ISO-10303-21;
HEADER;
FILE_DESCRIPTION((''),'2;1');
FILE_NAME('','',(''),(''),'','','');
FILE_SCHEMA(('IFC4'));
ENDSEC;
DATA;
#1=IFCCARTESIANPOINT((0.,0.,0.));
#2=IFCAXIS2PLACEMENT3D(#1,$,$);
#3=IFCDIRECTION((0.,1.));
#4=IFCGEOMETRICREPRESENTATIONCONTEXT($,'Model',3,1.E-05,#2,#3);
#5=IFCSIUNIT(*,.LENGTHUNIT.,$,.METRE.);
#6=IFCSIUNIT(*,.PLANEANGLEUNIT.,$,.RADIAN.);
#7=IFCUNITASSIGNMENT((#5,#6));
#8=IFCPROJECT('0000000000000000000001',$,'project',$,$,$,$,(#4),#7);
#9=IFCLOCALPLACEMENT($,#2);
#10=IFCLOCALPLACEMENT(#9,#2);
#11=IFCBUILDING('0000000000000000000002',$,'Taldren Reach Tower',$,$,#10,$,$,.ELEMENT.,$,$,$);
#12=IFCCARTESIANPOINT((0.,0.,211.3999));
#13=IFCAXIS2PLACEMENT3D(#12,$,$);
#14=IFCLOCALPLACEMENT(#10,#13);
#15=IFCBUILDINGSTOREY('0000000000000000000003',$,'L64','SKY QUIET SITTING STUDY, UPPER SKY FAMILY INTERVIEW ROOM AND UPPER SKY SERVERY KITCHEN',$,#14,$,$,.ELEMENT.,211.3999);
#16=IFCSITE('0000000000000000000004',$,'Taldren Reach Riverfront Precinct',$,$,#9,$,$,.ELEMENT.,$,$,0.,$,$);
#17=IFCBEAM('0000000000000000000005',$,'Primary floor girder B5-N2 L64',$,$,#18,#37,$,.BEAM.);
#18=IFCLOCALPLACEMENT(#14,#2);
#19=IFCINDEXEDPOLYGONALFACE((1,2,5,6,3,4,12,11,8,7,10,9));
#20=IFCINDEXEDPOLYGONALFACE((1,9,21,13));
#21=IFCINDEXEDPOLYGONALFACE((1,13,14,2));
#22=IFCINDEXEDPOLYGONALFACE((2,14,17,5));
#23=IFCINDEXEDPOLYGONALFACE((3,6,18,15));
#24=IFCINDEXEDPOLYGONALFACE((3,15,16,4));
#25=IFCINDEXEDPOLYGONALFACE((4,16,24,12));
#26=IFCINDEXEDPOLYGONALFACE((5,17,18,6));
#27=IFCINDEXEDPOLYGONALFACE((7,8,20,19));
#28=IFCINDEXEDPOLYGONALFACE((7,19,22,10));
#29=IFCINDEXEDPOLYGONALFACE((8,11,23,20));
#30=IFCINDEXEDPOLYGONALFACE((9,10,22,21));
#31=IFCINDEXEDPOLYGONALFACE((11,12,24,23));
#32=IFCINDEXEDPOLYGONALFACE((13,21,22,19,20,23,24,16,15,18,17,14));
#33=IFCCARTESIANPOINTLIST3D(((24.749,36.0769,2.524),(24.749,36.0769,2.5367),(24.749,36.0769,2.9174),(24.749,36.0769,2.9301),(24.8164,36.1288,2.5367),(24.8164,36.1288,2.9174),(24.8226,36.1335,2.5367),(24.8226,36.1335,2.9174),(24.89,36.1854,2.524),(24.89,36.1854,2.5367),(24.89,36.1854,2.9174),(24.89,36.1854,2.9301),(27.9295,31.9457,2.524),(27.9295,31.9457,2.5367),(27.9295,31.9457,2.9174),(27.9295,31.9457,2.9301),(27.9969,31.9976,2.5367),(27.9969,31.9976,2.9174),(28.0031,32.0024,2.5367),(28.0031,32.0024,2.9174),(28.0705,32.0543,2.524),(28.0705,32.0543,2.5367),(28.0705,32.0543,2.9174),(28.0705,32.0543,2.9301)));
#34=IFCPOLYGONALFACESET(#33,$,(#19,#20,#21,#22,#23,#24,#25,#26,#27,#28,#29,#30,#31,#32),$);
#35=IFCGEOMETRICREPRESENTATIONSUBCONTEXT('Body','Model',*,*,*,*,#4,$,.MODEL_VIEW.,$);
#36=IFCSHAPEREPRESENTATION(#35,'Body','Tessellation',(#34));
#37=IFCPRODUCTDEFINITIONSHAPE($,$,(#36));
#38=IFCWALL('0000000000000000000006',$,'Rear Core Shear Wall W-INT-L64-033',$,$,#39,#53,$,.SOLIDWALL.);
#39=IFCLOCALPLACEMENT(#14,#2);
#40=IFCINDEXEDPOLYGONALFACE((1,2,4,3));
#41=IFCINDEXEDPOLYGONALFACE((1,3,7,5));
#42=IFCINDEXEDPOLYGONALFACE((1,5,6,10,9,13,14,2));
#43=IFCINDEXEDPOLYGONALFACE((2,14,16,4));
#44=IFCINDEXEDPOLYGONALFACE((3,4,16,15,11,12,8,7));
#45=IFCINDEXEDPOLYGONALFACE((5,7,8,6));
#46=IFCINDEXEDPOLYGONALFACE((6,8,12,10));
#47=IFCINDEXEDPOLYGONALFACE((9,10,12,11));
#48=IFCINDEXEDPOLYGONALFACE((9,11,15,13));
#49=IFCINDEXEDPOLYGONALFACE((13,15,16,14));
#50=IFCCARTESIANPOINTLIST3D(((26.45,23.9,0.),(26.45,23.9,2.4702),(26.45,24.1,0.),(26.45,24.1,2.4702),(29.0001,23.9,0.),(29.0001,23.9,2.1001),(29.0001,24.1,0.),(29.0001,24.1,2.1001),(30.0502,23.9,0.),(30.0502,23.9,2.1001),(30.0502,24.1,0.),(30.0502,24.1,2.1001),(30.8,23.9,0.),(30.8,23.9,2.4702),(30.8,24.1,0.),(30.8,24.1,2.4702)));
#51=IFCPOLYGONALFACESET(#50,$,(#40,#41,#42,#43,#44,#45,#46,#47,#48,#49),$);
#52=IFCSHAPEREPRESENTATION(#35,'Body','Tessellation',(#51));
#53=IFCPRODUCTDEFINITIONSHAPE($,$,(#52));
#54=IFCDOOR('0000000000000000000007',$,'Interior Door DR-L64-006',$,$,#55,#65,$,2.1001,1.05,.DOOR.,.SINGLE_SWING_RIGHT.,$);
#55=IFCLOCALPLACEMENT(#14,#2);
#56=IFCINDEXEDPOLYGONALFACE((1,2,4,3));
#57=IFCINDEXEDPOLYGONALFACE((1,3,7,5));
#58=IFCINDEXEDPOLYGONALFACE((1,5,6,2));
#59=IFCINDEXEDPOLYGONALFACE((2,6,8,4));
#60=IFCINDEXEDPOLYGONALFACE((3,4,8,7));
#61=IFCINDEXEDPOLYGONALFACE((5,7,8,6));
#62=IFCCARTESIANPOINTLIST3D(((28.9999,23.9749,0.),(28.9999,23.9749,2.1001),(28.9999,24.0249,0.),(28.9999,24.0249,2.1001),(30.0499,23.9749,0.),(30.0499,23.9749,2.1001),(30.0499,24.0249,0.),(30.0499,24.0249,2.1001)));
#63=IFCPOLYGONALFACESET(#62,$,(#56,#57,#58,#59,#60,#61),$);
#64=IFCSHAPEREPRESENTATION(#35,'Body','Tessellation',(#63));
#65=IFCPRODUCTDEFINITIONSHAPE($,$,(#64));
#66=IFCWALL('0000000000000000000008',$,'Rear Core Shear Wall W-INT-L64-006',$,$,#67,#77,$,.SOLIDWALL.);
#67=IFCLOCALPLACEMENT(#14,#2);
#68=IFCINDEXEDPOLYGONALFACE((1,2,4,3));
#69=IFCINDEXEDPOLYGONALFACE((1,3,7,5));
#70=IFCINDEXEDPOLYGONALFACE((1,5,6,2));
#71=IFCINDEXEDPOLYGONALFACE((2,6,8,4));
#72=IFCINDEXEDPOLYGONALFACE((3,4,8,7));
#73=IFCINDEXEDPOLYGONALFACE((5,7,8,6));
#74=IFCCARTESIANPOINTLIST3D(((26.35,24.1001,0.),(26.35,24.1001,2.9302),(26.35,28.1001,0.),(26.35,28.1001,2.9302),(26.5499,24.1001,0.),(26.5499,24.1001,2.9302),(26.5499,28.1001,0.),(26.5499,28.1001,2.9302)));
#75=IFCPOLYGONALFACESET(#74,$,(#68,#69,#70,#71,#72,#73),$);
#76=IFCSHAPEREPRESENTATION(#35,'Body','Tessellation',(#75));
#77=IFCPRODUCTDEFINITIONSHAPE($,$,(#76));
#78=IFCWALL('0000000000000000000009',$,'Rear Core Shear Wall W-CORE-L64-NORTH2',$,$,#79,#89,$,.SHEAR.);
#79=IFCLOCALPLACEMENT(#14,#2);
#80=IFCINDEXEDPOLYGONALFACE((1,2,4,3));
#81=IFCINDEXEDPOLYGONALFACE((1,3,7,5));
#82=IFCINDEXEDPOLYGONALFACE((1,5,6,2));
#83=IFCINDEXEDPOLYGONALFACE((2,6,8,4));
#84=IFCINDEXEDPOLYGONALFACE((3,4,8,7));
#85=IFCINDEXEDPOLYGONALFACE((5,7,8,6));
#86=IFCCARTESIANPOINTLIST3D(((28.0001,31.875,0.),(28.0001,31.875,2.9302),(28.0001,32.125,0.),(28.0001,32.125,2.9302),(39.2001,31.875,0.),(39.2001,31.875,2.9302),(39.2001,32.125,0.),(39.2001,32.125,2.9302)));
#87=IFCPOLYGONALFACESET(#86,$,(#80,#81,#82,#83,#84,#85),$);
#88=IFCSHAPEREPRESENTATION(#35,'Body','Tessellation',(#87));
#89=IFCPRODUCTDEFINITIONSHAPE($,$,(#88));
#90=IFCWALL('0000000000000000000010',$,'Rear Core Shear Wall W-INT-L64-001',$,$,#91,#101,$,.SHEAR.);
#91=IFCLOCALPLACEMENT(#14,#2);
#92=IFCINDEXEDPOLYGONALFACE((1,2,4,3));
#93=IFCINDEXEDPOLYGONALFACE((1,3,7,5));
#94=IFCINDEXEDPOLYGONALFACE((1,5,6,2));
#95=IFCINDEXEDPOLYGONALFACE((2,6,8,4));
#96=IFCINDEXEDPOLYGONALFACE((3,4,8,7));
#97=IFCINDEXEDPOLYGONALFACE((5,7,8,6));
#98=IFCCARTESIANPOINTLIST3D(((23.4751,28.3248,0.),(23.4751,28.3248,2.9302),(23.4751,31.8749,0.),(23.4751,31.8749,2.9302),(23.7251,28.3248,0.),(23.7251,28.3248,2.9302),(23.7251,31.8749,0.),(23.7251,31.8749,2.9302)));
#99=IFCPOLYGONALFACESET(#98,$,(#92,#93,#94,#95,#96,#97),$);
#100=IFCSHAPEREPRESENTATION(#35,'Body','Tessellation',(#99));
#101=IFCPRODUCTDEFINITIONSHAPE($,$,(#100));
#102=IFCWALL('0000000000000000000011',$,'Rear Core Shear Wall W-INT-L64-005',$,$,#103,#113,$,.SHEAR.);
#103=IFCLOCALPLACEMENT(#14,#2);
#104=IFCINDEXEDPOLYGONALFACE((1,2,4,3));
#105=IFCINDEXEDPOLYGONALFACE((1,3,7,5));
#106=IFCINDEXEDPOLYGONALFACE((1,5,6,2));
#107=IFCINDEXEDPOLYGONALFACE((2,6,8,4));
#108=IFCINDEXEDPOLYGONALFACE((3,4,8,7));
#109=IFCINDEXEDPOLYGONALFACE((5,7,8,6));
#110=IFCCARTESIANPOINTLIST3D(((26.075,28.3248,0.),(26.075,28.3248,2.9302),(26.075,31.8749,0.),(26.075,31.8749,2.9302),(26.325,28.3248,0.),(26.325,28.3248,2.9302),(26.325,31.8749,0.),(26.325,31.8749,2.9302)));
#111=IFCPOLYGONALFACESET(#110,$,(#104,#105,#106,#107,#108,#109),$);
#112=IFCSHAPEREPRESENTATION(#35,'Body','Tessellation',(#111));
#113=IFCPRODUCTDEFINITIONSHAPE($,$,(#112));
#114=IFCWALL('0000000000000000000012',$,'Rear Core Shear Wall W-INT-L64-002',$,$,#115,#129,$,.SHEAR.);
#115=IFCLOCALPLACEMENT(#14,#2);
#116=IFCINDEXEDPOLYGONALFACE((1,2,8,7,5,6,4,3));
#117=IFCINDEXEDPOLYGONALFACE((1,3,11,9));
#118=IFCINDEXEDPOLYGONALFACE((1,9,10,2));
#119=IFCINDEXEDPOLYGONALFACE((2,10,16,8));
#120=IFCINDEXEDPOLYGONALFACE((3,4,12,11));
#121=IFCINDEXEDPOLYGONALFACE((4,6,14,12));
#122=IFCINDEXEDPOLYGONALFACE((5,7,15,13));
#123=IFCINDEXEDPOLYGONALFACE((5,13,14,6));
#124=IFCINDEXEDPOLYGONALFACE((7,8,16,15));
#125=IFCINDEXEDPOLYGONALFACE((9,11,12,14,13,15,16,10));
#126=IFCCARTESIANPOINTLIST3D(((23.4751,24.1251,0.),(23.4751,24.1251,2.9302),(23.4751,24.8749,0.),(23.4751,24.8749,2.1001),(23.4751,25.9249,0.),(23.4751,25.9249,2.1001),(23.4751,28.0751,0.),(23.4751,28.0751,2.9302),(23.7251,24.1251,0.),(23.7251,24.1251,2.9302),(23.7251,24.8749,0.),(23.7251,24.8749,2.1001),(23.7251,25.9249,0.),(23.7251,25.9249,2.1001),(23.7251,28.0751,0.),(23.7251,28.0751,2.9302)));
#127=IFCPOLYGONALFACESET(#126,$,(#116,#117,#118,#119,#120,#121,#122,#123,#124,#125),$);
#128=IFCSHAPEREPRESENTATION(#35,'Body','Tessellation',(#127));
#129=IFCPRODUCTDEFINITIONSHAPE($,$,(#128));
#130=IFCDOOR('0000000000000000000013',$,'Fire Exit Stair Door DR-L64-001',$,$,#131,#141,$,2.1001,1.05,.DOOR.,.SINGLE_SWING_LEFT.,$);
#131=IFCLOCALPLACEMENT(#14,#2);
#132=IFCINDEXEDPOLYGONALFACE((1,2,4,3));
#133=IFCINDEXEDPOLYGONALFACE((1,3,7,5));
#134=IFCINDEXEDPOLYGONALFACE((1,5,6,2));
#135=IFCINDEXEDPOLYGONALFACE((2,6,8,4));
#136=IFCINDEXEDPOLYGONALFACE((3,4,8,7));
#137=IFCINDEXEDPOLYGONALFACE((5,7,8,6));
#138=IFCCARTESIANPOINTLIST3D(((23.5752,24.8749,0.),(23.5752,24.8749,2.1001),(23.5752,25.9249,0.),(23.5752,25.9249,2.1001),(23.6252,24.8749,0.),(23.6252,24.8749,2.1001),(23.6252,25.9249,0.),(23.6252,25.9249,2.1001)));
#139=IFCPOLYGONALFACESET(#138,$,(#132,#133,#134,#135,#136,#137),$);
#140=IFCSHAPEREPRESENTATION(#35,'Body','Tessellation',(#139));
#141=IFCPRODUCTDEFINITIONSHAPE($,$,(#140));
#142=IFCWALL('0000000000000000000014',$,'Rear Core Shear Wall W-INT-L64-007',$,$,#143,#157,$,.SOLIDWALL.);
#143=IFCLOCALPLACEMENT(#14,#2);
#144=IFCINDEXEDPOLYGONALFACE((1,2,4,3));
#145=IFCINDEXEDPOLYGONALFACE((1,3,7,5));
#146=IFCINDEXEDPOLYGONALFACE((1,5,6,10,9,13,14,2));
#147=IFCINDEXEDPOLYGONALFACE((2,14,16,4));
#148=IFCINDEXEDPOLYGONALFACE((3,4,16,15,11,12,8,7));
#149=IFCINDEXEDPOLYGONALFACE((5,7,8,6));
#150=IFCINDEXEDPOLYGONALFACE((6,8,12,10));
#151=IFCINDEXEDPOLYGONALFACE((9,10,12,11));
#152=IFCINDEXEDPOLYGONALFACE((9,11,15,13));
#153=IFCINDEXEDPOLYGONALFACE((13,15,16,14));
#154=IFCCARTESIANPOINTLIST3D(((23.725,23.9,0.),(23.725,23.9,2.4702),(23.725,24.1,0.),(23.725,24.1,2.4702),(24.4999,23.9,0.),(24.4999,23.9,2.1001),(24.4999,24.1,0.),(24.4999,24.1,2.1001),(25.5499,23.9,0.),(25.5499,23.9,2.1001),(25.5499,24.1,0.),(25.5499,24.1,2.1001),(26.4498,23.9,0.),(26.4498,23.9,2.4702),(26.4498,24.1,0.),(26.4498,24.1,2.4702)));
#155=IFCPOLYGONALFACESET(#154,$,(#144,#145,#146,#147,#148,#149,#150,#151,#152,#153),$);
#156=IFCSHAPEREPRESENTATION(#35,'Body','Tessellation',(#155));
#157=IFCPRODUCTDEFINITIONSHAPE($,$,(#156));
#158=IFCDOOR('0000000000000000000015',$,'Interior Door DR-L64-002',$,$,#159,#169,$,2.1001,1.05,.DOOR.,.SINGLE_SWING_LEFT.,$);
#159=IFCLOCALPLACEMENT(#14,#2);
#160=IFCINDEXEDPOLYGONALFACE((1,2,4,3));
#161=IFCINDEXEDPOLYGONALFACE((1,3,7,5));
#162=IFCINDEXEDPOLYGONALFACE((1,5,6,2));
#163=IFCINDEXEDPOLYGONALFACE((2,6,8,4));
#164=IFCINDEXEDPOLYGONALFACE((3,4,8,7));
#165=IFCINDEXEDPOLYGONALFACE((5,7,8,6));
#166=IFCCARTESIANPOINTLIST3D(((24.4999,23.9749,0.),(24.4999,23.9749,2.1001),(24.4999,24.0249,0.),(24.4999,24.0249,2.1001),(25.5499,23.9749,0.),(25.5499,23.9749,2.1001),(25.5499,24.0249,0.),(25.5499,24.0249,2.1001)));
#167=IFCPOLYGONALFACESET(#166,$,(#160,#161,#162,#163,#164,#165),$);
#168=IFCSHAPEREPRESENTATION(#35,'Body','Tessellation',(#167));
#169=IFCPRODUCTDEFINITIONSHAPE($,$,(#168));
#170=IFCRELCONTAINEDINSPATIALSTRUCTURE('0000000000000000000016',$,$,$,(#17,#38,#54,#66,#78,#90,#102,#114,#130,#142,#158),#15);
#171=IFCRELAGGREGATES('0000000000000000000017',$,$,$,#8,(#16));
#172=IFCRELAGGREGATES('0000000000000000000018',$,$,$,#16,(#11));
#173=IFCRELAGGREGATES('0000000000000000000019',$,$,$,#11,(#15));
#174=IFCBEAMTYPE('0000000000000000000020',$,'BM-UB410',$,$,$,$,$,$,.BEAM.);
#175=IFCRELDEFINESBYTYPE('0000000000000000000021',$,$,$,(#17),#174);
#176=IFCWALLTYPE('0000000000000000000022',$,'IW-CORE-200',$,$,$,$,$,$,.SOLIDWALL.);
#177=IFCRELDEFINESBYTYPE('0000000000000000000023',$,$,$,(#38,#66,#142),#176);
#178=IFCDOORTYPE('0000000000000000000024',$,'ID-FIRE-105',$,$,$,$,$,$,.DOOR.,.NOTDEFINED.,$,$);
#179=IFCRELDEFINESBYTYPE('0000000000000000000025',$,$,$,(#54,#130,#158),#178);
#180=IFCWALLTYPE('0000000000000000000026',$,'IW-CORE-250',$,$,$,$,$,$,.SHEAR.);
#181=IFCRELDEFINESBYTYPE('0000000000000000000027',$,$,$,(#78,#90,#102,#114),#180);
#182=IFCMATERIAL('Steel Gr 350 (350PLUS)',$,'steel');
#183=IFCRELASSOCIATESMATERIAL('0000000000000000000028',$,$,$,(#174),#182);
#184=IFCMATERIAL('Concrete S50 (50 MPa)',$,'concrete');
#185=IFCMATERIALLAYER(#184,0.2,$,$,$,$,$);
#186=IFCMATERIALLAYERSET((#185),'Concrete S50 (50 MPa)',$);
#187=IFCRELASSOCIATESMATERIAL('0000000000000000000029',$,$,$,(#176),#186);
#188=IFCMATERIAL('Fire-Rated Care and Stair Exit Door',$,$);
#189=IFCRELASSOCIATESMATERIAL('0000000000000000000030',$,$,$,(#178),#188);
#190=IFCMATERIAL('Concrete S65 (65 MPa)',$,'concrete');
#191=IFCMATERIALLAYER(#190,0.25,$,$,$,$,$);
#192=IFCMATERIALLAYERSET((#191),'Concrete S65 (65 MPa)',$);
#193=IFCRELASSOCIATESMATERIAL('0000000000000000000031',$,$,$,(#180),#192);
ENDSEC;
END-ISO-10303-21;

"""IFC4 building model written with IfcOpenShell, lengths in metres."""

from ifc_helpers import new_model, si_unit, direction, frame, frame_2d, origin, origin_2d, place, context, subcontext, project, spatial, rectangle, i_section, extrude, source, transform, mapped, material, layer, layer_set, material_profile, profile_set, type_object, element, fill, save


model = new_model("IFC4")

# Units and contexts
model_context = context("Model", 3, precision=1e-05, world=origin(), true_north=direction((0.0, 1.0)))
body_context = subcontext(model_context, "Body", "Model", "MODEL_VIEW")
ifc_project = project(units=[si_unit("LENGTHUNIT", "METRE"), si_unit("PLANEANGLEUNIT", "RADIAN")], contexts=[model_context])

# Site, building, storey
site_placement = place(None, origin())
site = spatial("IfcSite", under=ifc_project, at=site_placement, Name="Taldren Reach Riverfront Precinct", CompositionType="ELEMENT", RefElevation=0.0)
building_placement = place(site_placement, origin())
building = spatial("IfcBuilding", under=site, at=building_placement, Name="Taldren Reach Tower", CompositionType="ELEMENT")
storey_placement = place(building_placement, frame((0.0, 0.0, 211.3999)))
storey = spatial("IfcBuildingStorey", under=building, at=storey_placement, Name="L64", Description="SKY QUIET SITTING STUDY, UPPER SKY FAMILY INTERVIEW ROOM AND UPPER SKY SERVERY KITCHEN", CompositionType="ELEMENT", Elevation=211.3999)

# Beam
ifc_material_1 = material(Name="Steel Gr 350 (350PLUS)", Category="steel")
ifc_material_profile_1 = material_profile(ifc_material_1, i_section(OverallWidth=0.178, OverallDepth=0.406, WebThickness=0.0078, FlangeThickness=0.0127, at=origin_2d()), Name="410UB59.7")
ifc_profile_set_1 = profile_set([ifc_material_profile_1], Name="Steel Gr 350 (350PLUS)")
beam_type_1 = type_object("IfcBeamType", Name="BM-UB410", PredefinedType="BEAM", material=ifc_profile_set_1)
shared_shape_1 = source(origin(), body_context, "Body", "SweptSolid", [
    extrude(i_section(OverallWidth=0.178, OverallDepth=0.406, WebThickness=0.0078, FlangeThickness=0.0127, at=origin_2d()), origin(), (0.0, 0.0, 1.0), 5.2136),
])
beam_1_placement = place(storey_placement, frame((28.0, 32.0, 2.7271), z_axis=(-0.61003, 0.792378, 0.0), x_axis=(-0.792378, -0.61003, 0.0)))
element("IfcBeam", 1, at=beam_1_placement, inside=storey, type_object=beam_type_1, Name="Primary floor girder B5-N2 L64", PredefinedType="BEAM", context=body_context, shape_type="MappedRepresentation", body=[
    mapped(shared_shape_1, transform((0.0, 0.0, 0.0), scale=1.0)),
])

# Wall, opening, door
ifc_material_2 = material(Name="Concrete S50 (50 MPa)", Category="concrete")
ifc_layer_1 = layer(ifc_material_2, 0.2)
ifc_layer_set_1 = layer_set([ifc_layer_1], Name="Concrete S50 (50 MPa)")
wall_type_1 = type_object("IfcWallType", Name="IW-CORE-200", PredefinedType="SOLIDWALL", material=ifc_layer_set_1)
shared_shape_2 = source(origin(), body_context, "Body", "SweptSolid", [
    extrude(rectangle(XDim=4.3501, YDim=0.2, at=frame_2d((2.175, 0.0))), origin(), (0.0, 0.0, 1.0), 2.4702),
])
wall_1_placement = place(storey_placement, frame((30.8, 24.0, 0.0), z_axis=(0.0, 0.0, 1.0), x_axis=(-1.0, 0.0, 0.0)))
wall_1 = element("IfcWall", 2, at=wall_1_placement, inside=storey, type_object=wall_type_1, Name="Rear Core Shear Wall W-INT-L64-033", PredefinedType="SOLIDWALL", context=body_context, shape_type="MappedRepresentation", body=[
    mapped(shared_shape_2, transform((0.0, 0.0, 0.0), scale=1.0)),
])
shared_shape_3 = source(origin(), body_context, "Body", "SweptSolid", [
    extrude(rectangle(XDim=1.05, YDim=2.1001, at=frame_2d((0.5249, 1.05))), frame((0.0, 0.1099, 0.0), z_axis=(0.0, -1.0, 0.0), x_axis=(1.0, 0.0, 0.0)), (0.0, 0.0, 1.0), 0.22),
])
opening_1_placement = place(wall_1_placement, frame((0.75, 0.0, 0.0)))
opening_1 = element("IfcOpeningElement", 3, at=opening_1_placement, cuts=wall_1, PredefinedType="OPENING", context=body_context, shape_type="MappedRepresentation", body=[
    mapped(shared_shape_3, transform((0.0, 0.0, 0.0), scale=1.0)),
])
ifc_material_3 = material(Name="Fire-Rated Care and Stair Exit Door")
door_type_1 = type_object("IfcDoorType", Name="ID-FIRE-105", OperationType="NOTDEFINED", PredefinedType="DOOR", material=ifc_material_3)
shared_shape_4 = source(origin(), body_context, "Body", "SweptSolid", [
    extrude(rectangle(XDim=1.05, YDim=2.1001, at=frame_2d((0.5249, 1.05))), frame((0.0, 0.0249, 0.0), z_axis=(0.0, -1.0, 0.0), x_axis=(1.0, 0.0, 0.0)), (0.0, 0.0, 1.0), 0.05),
])
door_1_placement = place(opening_1_placement, frame((1.05, 0.0, 0.0), z_axis=(0.0, 0.0, 1.0), x_axis=(-1.0, 0.0, 0.0)))
door_1 = element("IfcDoor", 4, at=door_1_placement, inside=storey, type_object=door_type_1, Name="Interior Door DR-L64-006", OperationType="SINGLE_SWING_RIGHT", OverallHeight=2.1001, OverallWidth=1.05, PredefinedType="DOOR", context=body_context, shape_type="MappedRepresentation", body=[
    mapped(shared_shape_4, transform((0.0, 0.0, 0.0), scale=1.0)),
])
fill(opening_1, door_1)

# Walls
shared_shape_5 = source(origin(), body_context, "Body", "SweptSolid", [
    extrude(rectangle(XDim=4.0, YDim=0.2, at=frame_2d((2.0, 0.0))), origin(), (0.0, 0.0, 1.0), 2.9302),
])
wall_2_placement = place(storey_placement, frame((26.45, 24.1001, 0.0), z_axis=(0.0, 0.0, 1.0), x_axis=(0.0, 1.0, 0.0)))
element("IfcWall", 5, at=wall_2_placement, inside=storey, type_object=wall_type_1, Name="Rear Core Shear Wall W-INT-L64-006", PredefinedType="SOLIDWALL", context=body_context, shape_type="MappedRepresentation", body=[
    mapped(shared_shape_5, transform((0.0, 0.0, 0.0), scale=1.0)),
])
ifc_material_4 = material(Name="Concrete S65 (65 MPa)", Category="concrete")
ifc_layer_2 = layer(ifc_material_4, 0.25)
ifc_layer_set_2 = layer_set([ifc_layer_2], Name="Concrete S65 (65 MPa)")
wall_type_2 = type_object("IfcWallType", Name="IW-CORE-250", PredefinedType="SHEAR", material=ifc_layer_set_2)
shared_shape_6 = source(origin(), body_context, "Body", "SweptSolid", [
    extrude(rectangle(XDim=11.2, YDim=0.25, at=frame_2d((5.6001, 0.0))), origin(), (0.0, 0.0, 1.0), 2.9302),
])
wall_3_placement = place(storey_placement, frame((28.0, 32.0, 0.0), z_axis=(0.0, 0.0, 1.0), x_axis=(1.0, 0.0, 0.0)))
element("IfcWall", 6, at=wall_3_placement, inside=storey, type_object=wall_type_2, Name="Rear Core Shear Wall W-CORE-L64-NORTH2", PredefinedType="SHEAR", context=body_context, shape_type="MappedRepresentation", body=[
    mapped(shared_shape_6, transform((0.0, 0.0, 0.0), scale=1.0)),
])
shared_shape_7 = source(origin(), body_context, "Body", "SweptSolid", [
    extrude(rectangle(XDim=3.55, YDim=0.25, at=frame_2d((1.7749, 0.0))), origin(), (0.0, 0.0, 1.0), 2.9302),
])
for number, where, z_axis, x_axis, name in (
    (7, (23.6001, 28.325, 0.0), (0.0, 0.0, 1.0), (0.0, 1.0, 0.0), "Rear Core Shear Wall W-INT-L64-001"),
    (8, (26.2, 28.325, 0.0), (0.0, 0.0, 1.0), (0.0, 1.0, 0.0), "Rear Core Shear Wall W-INT-L64-005"),
):
    element("IfcWall", number, at=place(storey_placement, frame(where, z_axis=z_axis, x_axis=x_axis)), inside=storey, type_object=wall_type_2, Name=name, PredefinedType="SHEAR", context=body_context, shape_type="MappedRepresentation", body=[
        mapped(shared_shape_7, transform((0.0, 0.0, 0.0), scale=1.0)),
    ])

# Walls, openings, doors
shared_shape_8 = source(origin(), body_context, "Body", "SweptSolid", [
    extrude(rectangle(XDim=3.95, YDim=0.25, at=frame_2d((1.9751, 0.0))), origin(), (0.0, 0.0, 1.0), 2.9302),
])
wall_4_placement = place(storey_placement, frame((23.6001, 24.125, 0.0), z_axis=(0.0, 0.0, 1.0), x_axis=(0.0, 1.0, 0.0)))
wall_4 = element("IfcWall", 9, at=wall_4_placement, inside=storey, type_object=wall_type_2, Name="Rear Core Shear Wall W-INT-L64-002", PredefinedType="SHEAR", context=body_context, shape_type="MappedRepresentation", body=[
    mapped(shared_shape_8, transform((0.0, 0.0, 0.0), scale=1.0)),
])
shared_shape_9 = source(origin(), body_context, "Body", "SweptSolid", [
    extrude(rectangle(XDim=1.05, YDim=2.1001, at=frame_2d((0.5249, 1.05))), frame((0.0, 0.135, 0.0), z_axis=(0.0, -1.0, 0.0), x_axis=(1.0, 0.0, 0.0)), (0.0, 0.0, 1.0), 0.27),
])
opening_2_placement = place(wall_4_placement, frame((0.75, 0.0, 0.0)))
opening_2 = element("IfcOpeningElement", 10, at=opening_2_placement, cuts=wall_4, PredefinedType="OPENING", context=body_context, shape_type="MappedRepresentation", body=[
    mapped(shared_shape_9, transform((0.0, 0.0, 0.0), scale=1.0)),
])
door_2_placement = place(opening_2_placement, origin())
door_2 = element("IfcDoor", 11, at=door_2_placement, inside=storey, type_object=door_type_1, Name="Fire Exit Stair Door DR-L64-001", OperationType="SINGLE_SWING_LEFT", OverallHeight=2.1001, OverallWidth=1.05, PredefinedType="DOOR", context=body_context, shape_type="MappedRepresentation", body=[
    mapped(shared_shape_4, transform((0.0, 0.0, 0.0), scale=1.0)),
])
fill(opening_2, door_2)
shared_shape_10 = source(origin(), body_context, "Body", "SweptSolid", [
    extrude(rectangle(XDim=2.7249, YDim=0.2, at=frame_2d((1.3623, 0.0))), origin(), (0.0, 0.0, 1.0), 2.4702),
])
wall_5_placement = place(storey_placement, frame((23.7251, 24.0, 0.0), z_axis=(0.0, 0.0, 1.0), x_axis=(1.0, 0.0, 0.0)))
wall_5 = element("IfcWall", 12, at=wall_5_placement, inside=storey, type_object=wall_type_1, Name="Rear Core Shear Wall W-INT-L64-007", PredefinedType="SOLIDWALL", context=body_context, shape_type="MappedRepresentation", body=[
    mapped(shared_shape_10, transform((0.0, 0.0, 0.0), scale=1.0)),
])
opening_3_placement = place(wall_5_placement, frame((0.7749, 0.0, 0.0)))
opening_3 = element("IfcOpeningElement", 13, at=opening_3_placement, cuts=wall_5, PredefinedType="OPENING", context=body_context, shape_type="MappedRepresentation", body=[
    mapped(shared_shape_3, transform((0.0, 0.0, 0.0), scale=1.0)),
])
door_3_placement = place(opening_3_placement, origin())
door_3 = element("IfcDoor", 14, at=door_3_placement, inside=storey, type_object=door_type_1, Name="Interior Door DR-L64-002", OperationType="SINGLE_SWING_LEFT", OverallHeight=2.1001, OverallWidth=1.05, PredefinedType="DOOR", context=body_context, shape_type="MappedRepresentation", body=[
    mapped(shared_shape_4, transform((0.0, 0.0, 0.0), scale=1.0)),
])
fill(opening_3, door_3)

save(model, "model.ifc")
